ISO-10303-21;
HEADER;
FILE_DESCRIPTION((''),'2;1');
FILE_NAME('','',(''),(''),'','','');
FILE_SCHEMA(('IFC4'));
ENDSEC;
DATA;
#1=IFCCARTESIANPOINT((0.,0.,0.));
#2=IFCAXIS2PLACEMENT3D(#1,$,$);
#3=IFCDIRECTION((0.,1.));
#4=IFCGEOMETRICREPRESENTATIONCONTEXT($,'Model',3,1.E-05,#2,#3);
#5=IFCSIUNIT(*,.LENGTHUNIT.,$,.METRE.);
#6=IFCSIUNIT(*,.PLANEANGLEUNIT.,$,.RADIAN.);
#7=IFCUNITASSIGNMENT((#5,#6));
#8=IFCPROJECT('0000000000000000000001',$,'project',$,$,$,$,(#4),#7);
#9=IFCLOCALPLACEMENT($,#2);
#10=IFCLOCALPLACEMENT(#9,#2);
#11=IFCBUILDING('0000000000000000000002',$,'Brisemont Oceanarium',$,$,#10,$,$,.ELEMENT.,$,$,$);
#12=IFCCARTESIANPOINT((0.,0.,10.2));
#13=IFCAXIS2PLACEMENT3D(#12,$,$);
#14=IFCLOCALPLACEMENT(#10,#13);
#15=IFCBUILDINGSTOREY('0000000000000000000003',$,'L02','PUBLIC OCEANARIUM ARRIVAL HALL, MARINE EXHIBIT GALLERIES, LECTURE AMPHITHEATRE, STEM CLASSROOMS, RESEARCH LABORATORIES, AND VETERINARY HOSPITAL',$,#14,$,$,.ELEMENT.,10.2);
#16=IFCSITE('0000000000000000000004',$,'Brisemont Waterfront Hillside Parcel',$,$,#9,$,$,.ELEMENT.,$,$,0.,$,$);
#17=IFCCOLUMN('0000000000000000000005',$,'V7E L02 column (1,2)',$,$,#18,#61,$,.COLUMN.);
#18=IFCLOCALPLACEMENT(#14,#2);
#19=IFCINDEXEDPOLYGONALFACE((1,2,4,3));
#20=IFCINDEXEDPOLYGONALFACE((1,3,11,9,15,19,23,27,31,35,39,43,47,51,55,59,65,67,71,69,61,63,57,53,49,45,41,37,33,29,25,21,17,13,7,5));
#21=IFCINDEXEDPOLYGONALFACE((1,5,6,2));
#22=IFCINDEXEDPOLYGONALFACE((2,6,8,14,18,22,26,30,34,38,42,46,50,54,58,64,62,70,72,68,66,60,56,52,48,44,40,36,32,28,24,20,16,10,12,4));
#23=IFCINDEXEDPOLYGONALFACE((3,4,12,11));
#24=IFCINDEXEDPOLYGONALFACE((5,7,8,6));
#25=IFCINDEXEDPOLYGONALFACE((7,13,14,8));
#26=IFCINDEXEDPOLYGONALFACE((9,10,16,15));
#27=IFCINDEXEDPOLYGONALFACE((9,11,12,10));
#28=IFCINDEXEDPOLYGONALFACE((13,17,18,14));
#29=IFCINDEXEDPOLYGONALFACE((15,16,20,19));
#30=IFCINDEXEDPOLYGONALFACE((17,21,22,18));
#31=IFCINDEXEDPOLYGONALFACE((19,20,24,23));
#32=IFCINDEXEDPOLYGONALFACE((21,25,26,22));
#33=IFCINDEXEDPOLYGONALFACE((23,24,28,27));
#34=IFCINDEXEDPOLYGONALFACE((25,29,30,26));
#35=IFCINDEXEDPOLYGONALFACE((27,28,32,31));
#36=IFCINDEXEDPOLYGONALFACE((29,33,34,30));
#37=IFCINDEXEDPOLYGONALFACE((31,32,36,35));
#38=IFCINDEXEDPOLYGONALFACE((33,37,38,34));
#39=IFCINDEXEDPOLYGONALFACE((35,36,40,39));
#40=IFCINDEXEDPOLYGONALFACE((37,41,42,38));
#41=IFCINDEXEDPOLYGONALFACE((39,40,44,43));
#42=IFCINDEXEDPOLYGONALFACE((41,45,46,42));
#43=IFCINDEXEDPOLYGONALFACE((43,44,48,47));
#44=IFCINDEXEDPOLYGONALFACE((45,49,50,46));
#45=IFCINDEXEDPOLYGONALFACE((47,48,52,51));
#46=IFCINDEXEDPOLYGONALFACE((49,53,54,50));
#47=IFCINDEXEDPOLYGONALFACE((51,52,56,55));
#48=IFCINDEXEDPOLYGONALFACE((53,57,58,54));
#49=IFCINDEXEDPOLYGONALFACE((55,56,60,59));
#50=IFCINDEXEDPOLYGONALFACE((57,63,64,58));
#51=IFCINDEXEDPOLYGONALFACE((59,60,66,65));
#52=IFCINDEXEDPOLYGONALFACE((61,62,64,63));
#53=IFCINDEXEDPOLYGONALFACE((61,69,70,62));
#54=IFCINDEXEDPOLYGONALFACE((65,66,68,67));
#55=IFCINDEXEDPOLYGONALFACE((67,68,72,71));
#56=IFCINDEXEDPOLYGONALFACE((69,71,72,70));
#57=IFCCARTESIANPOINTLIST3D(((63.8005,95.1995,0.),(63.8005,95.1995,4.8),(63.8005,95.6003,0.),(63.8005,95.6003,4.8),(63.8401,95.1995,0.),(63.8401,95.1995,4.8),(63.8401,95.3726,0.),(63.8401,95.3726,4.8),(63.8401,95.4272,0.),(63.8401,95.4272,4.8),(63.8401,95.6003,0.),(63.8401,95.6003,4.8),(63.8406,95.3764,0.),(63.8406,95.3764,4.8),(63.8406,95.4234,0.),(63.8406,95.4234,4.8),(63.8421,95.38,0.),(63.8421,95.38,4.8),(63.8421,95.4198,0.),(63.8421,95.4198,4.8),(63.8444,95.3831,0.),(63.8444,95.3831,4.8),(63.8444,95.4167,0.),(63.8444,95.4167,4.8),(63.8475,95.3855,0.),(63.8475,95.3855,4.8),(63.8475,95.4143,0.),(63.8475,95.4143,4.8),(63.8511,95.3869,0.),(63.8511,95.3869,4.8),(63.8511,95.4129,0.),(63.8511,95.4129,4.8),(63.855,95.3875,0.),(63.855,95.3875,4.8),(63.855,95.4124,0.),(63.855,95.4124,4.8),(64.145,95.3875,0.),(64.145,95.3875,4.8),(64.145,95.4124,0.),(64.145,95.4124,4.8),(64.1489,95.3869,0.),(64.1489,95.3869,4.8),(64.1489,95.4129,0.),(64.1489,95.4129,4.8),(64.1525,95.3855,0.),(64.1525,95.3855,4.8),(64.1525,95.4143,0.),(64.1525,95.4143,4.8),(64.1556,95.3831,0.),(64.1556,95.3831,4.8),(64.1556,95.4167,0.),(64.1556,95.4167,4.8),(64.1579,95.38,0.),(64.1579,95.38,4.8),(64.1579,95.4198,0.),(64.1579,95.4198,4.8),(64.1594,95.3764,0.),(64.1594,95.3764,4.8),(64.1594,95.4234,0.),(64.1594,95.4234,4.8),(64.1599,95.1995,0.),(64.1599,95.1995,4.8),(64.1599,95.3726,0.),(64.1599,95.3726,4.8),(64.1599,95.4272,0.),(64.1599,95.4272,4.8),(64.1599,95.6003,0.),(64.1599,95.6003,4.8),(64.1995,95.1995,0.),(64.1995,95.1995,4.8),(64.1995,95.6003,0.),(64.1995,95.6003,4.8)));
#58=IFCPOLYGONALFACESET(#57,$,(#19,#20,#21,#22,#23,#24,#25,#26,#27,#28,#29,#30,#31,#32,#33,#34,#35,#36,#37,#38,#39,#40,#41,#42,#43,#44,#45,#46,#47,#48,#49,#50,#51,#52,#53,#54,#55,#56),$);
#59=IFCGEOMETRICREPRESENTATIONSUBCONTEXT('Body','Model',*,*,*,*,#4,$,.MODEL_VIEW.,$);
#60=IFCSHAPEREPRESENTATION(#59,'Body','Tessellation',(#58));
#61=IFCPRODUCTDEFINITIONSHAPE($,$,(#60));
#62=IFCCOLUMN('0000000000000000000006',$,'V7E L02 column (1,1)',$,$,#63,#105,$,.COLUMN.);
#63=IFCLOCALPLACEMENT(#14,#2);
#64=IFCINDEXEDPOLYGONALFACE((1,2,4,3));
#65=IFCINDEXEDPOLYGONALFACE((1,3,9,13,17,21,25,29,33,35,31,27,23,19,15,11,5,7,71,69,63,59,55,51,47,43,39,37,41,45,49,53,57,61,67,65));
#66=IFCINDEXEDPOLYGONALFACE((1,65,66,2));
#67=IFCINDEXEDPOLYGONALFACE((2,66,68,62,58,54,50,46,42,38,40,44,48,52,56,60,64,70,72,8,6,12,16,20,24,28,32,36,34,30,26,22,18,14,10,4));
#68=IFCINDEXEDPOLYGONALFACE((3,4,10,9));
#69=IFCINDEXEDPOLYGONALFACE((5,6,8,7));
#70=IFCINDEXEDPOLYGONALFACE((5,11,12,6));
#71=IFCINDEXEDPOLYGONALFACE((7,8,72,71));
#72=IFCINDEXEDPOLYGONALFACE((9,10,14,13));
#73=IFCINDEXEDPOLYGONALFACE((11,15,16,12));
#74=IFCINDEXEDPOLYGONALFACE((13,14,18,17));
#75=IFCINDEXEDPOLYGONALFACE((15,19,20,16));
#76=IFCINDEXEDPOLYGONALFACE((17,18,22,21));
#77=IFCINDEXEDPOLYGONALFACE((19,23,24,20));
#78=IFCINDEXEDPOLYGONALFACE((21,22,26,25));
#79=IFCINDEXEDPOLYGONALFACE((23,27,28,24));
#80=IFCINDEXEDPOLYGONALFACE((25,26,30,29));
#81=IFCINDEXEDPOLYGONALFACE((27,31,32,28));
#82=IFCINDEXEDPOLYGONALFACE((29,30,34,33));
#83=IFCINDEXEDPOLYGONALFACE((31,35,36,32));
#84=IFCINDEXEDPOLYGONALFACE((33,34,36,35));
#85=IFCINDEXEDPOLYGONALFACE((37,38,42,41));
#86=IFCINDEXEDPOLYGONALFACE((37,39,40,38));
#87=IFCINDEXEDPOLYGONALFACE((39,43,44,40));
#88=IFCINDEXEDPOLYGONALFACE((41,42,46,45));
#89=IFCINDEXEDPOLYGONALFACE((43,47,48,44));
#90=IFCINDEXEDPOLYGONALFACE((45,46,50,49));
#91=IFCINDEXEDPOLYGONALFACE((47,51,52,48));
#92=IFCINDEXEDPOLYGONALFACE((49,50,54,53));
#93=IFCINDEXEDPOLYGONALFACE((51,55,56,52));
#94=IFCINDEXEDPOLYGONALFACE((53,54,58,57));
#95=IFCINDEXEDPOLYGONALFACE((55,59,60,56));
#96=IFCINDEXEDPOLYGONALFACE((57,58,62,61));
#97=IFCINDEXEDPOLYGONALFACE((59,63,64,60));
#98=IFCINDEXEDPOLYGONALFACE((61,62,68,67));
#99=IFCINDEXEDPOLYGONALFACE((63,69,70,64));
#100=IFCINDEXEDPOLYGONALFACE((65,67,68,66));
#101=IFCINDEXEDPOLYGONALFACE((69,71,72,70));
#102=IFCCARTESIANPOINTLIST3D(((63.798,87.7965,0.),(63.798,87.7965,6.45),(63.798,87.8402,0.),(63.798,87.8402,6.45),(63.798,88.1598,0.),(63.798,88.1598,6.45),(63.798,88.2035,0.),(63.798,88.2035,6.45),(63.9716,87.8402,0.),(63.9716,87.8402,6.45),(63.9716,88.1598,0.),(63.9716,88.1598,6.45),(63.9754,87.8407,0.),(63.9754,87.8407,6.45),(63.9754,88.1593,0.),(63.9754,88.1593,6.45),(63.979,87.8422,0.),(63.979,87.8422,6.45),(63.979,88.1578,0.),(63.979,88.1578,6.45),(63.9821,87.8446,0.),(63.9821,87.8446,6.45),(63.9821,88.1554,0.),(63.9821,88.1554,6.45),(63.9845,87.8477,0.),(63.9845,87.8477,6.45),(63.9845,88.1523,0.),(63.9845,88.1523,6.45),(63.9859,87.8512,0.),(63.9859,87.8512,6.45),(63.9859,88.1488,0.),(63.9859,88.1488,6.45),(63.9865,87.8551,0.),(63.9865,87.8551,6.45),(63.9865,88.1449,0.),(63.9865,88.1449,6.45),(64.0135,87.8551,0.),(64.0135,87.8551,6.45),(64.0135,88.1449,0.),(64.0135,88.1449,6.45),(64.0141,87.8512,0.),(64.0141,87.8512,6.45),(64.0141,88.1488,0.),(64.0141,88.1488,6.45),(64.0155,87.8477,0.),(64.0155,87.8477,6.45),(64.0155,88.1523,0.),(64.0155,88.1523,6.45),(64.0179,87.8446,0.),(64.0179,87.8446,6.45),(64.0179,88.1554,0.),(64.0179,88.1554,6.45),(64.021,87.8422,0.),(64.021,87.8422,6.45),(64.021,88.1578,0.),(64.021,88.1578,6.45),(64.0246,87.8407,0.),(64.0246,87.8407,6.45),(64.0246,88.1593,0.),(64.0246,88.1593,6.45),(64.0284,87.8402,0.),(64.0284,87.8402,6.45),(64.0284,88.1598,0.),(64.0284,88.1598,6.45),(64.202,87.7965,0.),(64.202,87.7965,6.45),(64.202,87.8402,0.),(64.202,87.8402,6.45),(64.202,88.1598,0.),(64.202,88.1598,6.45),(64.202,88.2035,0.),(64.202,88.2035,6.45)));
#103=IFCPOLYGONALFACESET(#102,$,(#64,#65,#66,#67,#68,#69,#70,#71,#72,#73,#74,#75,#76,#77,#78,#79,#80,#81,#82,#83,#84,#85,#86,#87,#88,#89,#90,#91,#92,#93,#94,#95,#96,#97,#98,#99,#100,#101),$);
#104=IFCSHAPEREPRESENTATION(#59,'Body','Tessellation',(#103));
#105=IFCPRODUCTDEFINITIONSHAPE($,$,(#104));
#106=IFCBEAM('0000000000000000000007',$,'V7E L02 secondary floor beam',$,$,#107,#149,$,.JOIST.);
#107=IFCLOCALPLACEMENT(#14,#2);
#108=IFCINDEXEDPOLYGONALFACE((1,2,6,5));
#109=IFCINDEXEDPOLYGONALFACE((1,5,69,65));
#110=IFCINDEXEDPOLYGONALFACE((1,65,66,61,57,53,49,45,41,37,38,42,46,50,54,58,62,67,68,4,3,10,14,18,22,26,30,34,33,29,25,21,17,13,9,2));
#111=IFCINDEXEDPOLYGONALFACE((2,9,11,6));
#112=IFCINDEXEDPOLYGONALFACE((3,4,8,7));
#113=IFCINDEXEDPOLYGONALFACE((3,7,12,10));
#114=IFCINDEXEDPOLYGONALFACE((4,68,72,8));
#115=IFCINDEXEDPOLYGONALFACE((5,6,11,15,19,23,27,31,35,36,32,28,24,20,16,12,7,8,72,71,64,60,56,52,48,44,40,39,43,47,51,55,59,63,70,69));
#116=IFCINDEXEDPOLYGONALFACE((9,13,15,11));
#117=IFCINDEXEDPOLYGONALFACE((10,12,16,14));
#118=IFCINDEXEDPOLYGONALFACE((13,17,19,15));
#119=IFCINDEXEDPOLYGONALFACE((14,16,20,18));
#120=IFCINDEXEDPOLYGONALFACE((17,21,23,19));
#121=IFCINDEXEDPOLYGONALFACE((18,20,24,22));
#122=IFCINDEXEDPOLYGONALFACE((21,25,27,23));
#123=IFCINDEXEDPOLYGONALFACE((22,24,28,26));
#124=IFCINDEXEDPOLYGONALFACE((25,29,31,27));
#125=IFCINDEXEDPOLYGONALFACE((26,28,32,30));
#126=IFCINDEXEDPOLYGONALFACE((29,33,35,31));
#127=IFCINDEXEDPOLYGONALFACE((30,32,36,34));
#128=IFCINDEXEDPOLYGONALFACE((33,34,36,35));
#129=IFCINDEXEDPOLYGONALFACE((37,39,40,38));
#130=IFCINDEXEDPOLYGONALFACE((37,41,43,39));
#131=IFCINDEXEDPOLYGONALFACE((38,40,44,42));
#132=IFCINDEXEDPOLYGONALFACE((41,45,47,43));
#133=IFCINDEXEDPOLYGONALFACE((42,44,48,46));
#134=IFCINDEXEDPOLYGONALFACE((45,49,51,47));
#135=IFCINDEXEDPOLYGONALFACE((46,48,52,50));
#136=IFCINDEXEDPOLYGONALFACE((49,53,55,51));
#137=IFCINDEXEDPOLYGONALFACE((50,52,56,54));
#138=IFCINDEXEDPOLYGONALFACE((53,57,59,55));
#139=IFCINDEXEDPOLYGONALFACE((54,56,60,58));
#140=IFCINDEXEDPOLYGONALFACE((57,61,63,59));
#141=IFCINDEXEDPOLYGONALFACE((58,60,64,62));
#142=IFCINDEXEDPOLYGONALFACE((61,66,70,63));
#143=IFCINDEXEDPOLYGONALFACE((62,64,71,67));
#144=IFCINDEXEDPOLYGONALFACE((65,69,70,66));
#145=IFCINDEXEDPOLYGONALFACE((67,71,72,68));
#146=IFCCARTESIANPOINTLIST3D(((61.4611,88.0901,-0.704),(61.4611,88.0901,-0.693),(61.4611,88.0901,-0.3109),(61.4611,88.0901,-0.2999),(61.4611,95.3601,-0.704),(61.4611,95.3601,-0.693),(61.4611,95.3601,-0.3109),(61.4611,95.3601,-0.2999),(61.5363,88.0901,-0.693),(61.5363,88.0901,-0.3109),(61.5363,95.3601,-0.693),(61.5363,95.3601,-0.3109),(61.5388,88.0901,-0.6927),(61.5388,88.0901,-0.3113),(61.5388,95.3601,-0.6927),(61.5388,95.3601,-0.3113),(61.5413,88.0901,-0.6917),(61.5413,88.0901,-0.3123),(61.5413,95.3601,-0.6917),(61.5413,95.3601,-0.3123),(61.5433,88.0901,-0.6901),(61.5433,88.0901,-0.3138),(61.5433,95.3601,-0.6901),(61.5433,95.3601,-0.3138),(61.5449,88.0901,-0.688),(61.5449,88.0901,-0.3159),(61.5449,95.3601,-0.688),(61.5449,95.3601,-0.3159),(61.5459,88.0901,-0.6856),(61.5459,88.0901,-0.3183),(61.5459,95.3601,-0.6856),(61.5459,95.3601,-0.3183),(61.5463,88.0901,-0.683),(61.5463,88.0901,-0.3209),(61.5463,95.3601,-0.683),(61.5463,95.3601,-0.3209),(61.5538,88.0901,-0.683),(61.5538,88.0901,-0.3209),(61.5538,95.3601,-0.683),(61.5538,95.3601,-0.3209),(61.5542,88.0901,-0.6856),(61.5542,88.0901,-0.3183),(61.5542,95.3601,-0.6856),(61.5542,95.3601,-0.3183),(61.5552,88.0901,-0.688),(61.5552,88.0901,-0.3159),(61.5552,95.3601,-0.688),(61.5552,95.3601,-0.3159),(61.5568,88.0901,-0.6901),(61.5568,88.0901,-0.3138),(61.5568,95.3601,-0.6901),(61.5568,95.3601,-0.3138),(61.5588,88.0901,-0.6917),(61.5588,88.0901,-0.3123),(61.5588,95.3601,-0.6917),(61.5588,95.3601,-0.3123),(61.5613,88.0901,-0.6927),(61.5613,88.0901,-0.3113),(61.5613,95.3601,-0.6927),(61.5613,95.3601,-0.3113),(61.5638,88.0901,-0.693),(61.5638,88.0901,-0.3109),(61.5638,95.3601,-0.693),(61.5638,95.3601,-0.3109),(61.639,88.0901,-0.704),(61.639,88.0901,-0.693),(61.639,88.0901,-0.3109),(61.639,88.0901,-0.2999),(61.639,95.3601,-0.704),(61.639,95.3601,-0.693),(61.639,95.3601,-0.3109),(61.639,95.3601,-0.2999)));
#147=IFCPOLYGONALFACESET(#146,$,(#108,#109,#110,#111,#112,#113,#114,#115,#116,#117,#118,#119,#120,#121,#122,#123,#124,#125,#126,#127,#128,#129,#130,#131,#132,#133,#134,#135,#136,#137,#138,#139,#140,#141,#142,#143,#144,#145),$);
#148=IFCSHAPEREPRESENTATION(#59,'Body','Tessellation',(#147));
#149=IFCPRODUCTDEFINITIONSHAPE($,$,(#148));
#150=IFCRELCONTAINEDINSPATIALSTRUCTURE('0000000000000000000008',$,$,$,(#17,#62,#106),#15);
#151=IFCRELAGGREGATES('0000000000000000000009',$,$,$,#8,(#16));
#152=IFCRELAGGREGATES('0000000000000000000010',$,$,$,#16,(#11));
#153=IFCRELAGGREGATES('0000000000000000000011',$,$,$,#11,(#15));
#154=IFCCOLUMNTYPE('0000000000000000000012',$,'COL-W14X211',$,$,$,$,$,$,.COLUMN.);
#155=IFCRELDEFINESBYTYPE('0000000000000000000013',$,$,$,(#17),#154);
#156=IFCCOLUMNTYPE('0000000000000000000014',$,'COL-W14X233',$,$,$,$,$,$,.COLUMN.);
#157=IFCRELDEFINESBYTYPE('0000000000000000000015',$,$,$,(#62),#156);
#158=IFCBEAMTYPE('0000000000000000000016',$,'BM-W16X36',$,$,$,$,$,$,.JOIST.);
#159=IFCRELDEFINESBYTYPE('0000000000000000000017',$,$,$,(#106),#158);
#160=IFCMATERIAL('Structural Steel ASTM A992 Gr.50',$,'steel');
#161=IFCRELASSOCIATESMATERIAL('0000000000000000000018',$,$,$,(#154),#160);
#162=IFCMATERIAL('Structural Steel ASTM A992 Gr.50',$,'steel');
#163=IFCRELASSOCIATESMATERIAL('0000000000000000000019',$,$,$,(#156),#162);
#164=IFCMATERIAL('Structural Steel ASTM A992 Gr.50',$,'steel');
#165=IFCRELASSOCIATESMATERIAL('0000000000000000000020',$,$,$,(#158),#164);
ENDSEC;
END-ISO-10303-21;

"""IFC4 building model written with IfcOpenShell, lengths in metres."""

from ifc_helpers import new_model, si_unit, direction, frame, origin, origin_2d, place, context, subcontext, project, spatial, i_section, extrude, material, material_profile, profile_set, type_object, element, save


model = new_model("IFC4")

# Units and contexts
model_context = context("Model", 3, precision=1e-05, world=origin(), true_north=direction((0.0, 1.0)))
body_context = subcontext(model_context, "Body", "Model", "MODEL_VIEW")
ifc_project = project(units=[si_unit("LENGTHUNIT", "METRE"), si_unit("PLANEANGLEUNIT", "RADIAN")], contexts=[model_context])

# Site, building, storey
site_placement = place(None, origin())
site = spatial("IfcSite", under=ifc_project, at=site_placement, Name="Brisemont Waterfront Hillside Parcel", CompositionType="ELEMENT", RefElevation=0.0)
building_placement = place(site_placement, origin())
building = spatial("IfcBuilding", under=site, at=building_placement, Name="Brisemont Oceanarium", CompositionType="ELEMENT")
storey_placement = place(building_placement, frame((0.0, 0.0, 10.2)))
storey = spatial("IfcBuildingStorey", under=building, at=storey_placement, Name="L02", Description="PUBLIC OCEANARIUM ARRIVAL HALL, MARINE EXHIBIT GALLERIES, LECTURE AMPHITHEATRE, STEM CLASSROOMS, RESEARCH LABORATORIES, AND VETERINARY HOSPITAL", CompositionType="ELEMENT", Elevation=10.2)

# Columns
ifc_material_1 = material(Name="Structural Steel ASTM A992 Gr.50", Category="steel")
ifc_material_profile_1 = material_profile(ifc_material_1, i_section(OverallWidth=0.4009, OverallDepth=0.3989, WebThickness=0.0249, FlangeThickness=0.0396, FilletRadius=0.0149, at=origin_2d()), Name="W14X211")
ifc_profile_set_1 = profile_set([ifc_material_profile_1], Name="Structural Steel ASTM A992 Gr.50")
column_type_1 = type_object("IfcColumnType", Name="COL-W14X211", PredefinedType="COLUMN", material=ifc_profile_set_1)
column_1_placement = place(storey_placement, frame((64.0, 95.3999, 0.0), z_axis=(0.0, 0.0, 1.0), x_axis=(0.0, 1.0, 0.0)))
element("IfcColumn", 1, at=column_1_placement, inside=storey, type_object=column_type_1, Name="V7E L02 column (1,2)", PredefinedType="COLUMN", context=body_context, shape_type="SweptSolid", body=[
    extrude(i_section(OverallWidth=0.4009, OverallDepth=0.3989, WebThickness=0.0249, FlangeThickness=0.0396, FilletRadius=0.0149, at=origin_2d()), origin(), (0.0, 0.0, 1.0), 4.8),
])
ifc_material_2 = material(Name="Structural Steel ASTM A992 Gr.50", Category="steel")
ifc_material_profile_2 = material_profile(ifc_material_2, i_section(OverallWidth=0.4041, OverallDepth=0.407, WebThickness=0.0271, FlangeThickness=0.0437, FilletRadius=0.0149, at=origin_2d()), Name="W14X233")
ifc_profile_set_2 = profile_set([ifc_material_profile_2], Name="Structural Steel ASTM A992 Gr.50")
column_type_2 = type_object("IfcColumnType", Name="COL-W14X233", PredefinedType="COLUMN", material=ifc_profile_set_2)
column_2_placement = place(storey_placement, frame((64.0, 88.0, 0.0), z_axis=(0.0, 0.0, 1.0), x_axis=(1.0, 0.0, 0.0)))
element("IfcColumn", 2, at=column_2_placement, inside=storey, type_object=column_type_2, Name="V7E L02 column (1,1)", PredefinedType="COLUMN", context=body_context, shape_type="SweptSolid", body=[
    extrude(i_section(OverallWidth=0.4041, OverallDepth=0.407, WebThickness=0.0271, FlangeThickness=0.0437, FilletRadius=0.0149, at=origin_2d()), origin(), (0.0, 0.0, 1.0), 6.45),
])

# Beam
ifc_material_3 = material(Name="Structural Steel ASTM A992 Gr.50", Category="steel")
ifc_material_profile_3 = material_profile(ifc_material_3, i_section(OverallWidth=0.178, OverallDepth=0.4041, WebThickness=0.0076, FlangeThickness=0.011, FilletRadius=0.01, at=origin_2d()), Name="W16X36")
ifc_profile_set_3 = profile_set([ifc_material_profile_3], Name="Structural Steel ASTM A992 Gr.50")
beam_type_1 = type_object("IfcBeamType", Name="BM-W16X36", PredefinedType="JOIST", material=ifc_profile_set_3)
beam_1_placement = place(storey_placement, frame((61.55, 88.0901, -0.502), z_axis=(0.0, 1.0, 0.0), x_axis=(-1.0, 0.0, 0.0)))
element("IfcBeam", 3, at=beam_1_placement, inside=storey, type_object=beam_type_1, Name="V7E L02 secondary floor beam", PredefinedType="JOIST", context=body_context, shape_type="SweptSolid", body=[
    extrude(i_section(OverallWidth=0.178, OverallDepth=0.4041, WebThickness=0.0076, FlangeThickness=0.011, FilletRadius=0.01, at=origin_2d()), origin(), (0.0, 0.0, 1.0), 7.27),
])

save(model, "model.ifc")
